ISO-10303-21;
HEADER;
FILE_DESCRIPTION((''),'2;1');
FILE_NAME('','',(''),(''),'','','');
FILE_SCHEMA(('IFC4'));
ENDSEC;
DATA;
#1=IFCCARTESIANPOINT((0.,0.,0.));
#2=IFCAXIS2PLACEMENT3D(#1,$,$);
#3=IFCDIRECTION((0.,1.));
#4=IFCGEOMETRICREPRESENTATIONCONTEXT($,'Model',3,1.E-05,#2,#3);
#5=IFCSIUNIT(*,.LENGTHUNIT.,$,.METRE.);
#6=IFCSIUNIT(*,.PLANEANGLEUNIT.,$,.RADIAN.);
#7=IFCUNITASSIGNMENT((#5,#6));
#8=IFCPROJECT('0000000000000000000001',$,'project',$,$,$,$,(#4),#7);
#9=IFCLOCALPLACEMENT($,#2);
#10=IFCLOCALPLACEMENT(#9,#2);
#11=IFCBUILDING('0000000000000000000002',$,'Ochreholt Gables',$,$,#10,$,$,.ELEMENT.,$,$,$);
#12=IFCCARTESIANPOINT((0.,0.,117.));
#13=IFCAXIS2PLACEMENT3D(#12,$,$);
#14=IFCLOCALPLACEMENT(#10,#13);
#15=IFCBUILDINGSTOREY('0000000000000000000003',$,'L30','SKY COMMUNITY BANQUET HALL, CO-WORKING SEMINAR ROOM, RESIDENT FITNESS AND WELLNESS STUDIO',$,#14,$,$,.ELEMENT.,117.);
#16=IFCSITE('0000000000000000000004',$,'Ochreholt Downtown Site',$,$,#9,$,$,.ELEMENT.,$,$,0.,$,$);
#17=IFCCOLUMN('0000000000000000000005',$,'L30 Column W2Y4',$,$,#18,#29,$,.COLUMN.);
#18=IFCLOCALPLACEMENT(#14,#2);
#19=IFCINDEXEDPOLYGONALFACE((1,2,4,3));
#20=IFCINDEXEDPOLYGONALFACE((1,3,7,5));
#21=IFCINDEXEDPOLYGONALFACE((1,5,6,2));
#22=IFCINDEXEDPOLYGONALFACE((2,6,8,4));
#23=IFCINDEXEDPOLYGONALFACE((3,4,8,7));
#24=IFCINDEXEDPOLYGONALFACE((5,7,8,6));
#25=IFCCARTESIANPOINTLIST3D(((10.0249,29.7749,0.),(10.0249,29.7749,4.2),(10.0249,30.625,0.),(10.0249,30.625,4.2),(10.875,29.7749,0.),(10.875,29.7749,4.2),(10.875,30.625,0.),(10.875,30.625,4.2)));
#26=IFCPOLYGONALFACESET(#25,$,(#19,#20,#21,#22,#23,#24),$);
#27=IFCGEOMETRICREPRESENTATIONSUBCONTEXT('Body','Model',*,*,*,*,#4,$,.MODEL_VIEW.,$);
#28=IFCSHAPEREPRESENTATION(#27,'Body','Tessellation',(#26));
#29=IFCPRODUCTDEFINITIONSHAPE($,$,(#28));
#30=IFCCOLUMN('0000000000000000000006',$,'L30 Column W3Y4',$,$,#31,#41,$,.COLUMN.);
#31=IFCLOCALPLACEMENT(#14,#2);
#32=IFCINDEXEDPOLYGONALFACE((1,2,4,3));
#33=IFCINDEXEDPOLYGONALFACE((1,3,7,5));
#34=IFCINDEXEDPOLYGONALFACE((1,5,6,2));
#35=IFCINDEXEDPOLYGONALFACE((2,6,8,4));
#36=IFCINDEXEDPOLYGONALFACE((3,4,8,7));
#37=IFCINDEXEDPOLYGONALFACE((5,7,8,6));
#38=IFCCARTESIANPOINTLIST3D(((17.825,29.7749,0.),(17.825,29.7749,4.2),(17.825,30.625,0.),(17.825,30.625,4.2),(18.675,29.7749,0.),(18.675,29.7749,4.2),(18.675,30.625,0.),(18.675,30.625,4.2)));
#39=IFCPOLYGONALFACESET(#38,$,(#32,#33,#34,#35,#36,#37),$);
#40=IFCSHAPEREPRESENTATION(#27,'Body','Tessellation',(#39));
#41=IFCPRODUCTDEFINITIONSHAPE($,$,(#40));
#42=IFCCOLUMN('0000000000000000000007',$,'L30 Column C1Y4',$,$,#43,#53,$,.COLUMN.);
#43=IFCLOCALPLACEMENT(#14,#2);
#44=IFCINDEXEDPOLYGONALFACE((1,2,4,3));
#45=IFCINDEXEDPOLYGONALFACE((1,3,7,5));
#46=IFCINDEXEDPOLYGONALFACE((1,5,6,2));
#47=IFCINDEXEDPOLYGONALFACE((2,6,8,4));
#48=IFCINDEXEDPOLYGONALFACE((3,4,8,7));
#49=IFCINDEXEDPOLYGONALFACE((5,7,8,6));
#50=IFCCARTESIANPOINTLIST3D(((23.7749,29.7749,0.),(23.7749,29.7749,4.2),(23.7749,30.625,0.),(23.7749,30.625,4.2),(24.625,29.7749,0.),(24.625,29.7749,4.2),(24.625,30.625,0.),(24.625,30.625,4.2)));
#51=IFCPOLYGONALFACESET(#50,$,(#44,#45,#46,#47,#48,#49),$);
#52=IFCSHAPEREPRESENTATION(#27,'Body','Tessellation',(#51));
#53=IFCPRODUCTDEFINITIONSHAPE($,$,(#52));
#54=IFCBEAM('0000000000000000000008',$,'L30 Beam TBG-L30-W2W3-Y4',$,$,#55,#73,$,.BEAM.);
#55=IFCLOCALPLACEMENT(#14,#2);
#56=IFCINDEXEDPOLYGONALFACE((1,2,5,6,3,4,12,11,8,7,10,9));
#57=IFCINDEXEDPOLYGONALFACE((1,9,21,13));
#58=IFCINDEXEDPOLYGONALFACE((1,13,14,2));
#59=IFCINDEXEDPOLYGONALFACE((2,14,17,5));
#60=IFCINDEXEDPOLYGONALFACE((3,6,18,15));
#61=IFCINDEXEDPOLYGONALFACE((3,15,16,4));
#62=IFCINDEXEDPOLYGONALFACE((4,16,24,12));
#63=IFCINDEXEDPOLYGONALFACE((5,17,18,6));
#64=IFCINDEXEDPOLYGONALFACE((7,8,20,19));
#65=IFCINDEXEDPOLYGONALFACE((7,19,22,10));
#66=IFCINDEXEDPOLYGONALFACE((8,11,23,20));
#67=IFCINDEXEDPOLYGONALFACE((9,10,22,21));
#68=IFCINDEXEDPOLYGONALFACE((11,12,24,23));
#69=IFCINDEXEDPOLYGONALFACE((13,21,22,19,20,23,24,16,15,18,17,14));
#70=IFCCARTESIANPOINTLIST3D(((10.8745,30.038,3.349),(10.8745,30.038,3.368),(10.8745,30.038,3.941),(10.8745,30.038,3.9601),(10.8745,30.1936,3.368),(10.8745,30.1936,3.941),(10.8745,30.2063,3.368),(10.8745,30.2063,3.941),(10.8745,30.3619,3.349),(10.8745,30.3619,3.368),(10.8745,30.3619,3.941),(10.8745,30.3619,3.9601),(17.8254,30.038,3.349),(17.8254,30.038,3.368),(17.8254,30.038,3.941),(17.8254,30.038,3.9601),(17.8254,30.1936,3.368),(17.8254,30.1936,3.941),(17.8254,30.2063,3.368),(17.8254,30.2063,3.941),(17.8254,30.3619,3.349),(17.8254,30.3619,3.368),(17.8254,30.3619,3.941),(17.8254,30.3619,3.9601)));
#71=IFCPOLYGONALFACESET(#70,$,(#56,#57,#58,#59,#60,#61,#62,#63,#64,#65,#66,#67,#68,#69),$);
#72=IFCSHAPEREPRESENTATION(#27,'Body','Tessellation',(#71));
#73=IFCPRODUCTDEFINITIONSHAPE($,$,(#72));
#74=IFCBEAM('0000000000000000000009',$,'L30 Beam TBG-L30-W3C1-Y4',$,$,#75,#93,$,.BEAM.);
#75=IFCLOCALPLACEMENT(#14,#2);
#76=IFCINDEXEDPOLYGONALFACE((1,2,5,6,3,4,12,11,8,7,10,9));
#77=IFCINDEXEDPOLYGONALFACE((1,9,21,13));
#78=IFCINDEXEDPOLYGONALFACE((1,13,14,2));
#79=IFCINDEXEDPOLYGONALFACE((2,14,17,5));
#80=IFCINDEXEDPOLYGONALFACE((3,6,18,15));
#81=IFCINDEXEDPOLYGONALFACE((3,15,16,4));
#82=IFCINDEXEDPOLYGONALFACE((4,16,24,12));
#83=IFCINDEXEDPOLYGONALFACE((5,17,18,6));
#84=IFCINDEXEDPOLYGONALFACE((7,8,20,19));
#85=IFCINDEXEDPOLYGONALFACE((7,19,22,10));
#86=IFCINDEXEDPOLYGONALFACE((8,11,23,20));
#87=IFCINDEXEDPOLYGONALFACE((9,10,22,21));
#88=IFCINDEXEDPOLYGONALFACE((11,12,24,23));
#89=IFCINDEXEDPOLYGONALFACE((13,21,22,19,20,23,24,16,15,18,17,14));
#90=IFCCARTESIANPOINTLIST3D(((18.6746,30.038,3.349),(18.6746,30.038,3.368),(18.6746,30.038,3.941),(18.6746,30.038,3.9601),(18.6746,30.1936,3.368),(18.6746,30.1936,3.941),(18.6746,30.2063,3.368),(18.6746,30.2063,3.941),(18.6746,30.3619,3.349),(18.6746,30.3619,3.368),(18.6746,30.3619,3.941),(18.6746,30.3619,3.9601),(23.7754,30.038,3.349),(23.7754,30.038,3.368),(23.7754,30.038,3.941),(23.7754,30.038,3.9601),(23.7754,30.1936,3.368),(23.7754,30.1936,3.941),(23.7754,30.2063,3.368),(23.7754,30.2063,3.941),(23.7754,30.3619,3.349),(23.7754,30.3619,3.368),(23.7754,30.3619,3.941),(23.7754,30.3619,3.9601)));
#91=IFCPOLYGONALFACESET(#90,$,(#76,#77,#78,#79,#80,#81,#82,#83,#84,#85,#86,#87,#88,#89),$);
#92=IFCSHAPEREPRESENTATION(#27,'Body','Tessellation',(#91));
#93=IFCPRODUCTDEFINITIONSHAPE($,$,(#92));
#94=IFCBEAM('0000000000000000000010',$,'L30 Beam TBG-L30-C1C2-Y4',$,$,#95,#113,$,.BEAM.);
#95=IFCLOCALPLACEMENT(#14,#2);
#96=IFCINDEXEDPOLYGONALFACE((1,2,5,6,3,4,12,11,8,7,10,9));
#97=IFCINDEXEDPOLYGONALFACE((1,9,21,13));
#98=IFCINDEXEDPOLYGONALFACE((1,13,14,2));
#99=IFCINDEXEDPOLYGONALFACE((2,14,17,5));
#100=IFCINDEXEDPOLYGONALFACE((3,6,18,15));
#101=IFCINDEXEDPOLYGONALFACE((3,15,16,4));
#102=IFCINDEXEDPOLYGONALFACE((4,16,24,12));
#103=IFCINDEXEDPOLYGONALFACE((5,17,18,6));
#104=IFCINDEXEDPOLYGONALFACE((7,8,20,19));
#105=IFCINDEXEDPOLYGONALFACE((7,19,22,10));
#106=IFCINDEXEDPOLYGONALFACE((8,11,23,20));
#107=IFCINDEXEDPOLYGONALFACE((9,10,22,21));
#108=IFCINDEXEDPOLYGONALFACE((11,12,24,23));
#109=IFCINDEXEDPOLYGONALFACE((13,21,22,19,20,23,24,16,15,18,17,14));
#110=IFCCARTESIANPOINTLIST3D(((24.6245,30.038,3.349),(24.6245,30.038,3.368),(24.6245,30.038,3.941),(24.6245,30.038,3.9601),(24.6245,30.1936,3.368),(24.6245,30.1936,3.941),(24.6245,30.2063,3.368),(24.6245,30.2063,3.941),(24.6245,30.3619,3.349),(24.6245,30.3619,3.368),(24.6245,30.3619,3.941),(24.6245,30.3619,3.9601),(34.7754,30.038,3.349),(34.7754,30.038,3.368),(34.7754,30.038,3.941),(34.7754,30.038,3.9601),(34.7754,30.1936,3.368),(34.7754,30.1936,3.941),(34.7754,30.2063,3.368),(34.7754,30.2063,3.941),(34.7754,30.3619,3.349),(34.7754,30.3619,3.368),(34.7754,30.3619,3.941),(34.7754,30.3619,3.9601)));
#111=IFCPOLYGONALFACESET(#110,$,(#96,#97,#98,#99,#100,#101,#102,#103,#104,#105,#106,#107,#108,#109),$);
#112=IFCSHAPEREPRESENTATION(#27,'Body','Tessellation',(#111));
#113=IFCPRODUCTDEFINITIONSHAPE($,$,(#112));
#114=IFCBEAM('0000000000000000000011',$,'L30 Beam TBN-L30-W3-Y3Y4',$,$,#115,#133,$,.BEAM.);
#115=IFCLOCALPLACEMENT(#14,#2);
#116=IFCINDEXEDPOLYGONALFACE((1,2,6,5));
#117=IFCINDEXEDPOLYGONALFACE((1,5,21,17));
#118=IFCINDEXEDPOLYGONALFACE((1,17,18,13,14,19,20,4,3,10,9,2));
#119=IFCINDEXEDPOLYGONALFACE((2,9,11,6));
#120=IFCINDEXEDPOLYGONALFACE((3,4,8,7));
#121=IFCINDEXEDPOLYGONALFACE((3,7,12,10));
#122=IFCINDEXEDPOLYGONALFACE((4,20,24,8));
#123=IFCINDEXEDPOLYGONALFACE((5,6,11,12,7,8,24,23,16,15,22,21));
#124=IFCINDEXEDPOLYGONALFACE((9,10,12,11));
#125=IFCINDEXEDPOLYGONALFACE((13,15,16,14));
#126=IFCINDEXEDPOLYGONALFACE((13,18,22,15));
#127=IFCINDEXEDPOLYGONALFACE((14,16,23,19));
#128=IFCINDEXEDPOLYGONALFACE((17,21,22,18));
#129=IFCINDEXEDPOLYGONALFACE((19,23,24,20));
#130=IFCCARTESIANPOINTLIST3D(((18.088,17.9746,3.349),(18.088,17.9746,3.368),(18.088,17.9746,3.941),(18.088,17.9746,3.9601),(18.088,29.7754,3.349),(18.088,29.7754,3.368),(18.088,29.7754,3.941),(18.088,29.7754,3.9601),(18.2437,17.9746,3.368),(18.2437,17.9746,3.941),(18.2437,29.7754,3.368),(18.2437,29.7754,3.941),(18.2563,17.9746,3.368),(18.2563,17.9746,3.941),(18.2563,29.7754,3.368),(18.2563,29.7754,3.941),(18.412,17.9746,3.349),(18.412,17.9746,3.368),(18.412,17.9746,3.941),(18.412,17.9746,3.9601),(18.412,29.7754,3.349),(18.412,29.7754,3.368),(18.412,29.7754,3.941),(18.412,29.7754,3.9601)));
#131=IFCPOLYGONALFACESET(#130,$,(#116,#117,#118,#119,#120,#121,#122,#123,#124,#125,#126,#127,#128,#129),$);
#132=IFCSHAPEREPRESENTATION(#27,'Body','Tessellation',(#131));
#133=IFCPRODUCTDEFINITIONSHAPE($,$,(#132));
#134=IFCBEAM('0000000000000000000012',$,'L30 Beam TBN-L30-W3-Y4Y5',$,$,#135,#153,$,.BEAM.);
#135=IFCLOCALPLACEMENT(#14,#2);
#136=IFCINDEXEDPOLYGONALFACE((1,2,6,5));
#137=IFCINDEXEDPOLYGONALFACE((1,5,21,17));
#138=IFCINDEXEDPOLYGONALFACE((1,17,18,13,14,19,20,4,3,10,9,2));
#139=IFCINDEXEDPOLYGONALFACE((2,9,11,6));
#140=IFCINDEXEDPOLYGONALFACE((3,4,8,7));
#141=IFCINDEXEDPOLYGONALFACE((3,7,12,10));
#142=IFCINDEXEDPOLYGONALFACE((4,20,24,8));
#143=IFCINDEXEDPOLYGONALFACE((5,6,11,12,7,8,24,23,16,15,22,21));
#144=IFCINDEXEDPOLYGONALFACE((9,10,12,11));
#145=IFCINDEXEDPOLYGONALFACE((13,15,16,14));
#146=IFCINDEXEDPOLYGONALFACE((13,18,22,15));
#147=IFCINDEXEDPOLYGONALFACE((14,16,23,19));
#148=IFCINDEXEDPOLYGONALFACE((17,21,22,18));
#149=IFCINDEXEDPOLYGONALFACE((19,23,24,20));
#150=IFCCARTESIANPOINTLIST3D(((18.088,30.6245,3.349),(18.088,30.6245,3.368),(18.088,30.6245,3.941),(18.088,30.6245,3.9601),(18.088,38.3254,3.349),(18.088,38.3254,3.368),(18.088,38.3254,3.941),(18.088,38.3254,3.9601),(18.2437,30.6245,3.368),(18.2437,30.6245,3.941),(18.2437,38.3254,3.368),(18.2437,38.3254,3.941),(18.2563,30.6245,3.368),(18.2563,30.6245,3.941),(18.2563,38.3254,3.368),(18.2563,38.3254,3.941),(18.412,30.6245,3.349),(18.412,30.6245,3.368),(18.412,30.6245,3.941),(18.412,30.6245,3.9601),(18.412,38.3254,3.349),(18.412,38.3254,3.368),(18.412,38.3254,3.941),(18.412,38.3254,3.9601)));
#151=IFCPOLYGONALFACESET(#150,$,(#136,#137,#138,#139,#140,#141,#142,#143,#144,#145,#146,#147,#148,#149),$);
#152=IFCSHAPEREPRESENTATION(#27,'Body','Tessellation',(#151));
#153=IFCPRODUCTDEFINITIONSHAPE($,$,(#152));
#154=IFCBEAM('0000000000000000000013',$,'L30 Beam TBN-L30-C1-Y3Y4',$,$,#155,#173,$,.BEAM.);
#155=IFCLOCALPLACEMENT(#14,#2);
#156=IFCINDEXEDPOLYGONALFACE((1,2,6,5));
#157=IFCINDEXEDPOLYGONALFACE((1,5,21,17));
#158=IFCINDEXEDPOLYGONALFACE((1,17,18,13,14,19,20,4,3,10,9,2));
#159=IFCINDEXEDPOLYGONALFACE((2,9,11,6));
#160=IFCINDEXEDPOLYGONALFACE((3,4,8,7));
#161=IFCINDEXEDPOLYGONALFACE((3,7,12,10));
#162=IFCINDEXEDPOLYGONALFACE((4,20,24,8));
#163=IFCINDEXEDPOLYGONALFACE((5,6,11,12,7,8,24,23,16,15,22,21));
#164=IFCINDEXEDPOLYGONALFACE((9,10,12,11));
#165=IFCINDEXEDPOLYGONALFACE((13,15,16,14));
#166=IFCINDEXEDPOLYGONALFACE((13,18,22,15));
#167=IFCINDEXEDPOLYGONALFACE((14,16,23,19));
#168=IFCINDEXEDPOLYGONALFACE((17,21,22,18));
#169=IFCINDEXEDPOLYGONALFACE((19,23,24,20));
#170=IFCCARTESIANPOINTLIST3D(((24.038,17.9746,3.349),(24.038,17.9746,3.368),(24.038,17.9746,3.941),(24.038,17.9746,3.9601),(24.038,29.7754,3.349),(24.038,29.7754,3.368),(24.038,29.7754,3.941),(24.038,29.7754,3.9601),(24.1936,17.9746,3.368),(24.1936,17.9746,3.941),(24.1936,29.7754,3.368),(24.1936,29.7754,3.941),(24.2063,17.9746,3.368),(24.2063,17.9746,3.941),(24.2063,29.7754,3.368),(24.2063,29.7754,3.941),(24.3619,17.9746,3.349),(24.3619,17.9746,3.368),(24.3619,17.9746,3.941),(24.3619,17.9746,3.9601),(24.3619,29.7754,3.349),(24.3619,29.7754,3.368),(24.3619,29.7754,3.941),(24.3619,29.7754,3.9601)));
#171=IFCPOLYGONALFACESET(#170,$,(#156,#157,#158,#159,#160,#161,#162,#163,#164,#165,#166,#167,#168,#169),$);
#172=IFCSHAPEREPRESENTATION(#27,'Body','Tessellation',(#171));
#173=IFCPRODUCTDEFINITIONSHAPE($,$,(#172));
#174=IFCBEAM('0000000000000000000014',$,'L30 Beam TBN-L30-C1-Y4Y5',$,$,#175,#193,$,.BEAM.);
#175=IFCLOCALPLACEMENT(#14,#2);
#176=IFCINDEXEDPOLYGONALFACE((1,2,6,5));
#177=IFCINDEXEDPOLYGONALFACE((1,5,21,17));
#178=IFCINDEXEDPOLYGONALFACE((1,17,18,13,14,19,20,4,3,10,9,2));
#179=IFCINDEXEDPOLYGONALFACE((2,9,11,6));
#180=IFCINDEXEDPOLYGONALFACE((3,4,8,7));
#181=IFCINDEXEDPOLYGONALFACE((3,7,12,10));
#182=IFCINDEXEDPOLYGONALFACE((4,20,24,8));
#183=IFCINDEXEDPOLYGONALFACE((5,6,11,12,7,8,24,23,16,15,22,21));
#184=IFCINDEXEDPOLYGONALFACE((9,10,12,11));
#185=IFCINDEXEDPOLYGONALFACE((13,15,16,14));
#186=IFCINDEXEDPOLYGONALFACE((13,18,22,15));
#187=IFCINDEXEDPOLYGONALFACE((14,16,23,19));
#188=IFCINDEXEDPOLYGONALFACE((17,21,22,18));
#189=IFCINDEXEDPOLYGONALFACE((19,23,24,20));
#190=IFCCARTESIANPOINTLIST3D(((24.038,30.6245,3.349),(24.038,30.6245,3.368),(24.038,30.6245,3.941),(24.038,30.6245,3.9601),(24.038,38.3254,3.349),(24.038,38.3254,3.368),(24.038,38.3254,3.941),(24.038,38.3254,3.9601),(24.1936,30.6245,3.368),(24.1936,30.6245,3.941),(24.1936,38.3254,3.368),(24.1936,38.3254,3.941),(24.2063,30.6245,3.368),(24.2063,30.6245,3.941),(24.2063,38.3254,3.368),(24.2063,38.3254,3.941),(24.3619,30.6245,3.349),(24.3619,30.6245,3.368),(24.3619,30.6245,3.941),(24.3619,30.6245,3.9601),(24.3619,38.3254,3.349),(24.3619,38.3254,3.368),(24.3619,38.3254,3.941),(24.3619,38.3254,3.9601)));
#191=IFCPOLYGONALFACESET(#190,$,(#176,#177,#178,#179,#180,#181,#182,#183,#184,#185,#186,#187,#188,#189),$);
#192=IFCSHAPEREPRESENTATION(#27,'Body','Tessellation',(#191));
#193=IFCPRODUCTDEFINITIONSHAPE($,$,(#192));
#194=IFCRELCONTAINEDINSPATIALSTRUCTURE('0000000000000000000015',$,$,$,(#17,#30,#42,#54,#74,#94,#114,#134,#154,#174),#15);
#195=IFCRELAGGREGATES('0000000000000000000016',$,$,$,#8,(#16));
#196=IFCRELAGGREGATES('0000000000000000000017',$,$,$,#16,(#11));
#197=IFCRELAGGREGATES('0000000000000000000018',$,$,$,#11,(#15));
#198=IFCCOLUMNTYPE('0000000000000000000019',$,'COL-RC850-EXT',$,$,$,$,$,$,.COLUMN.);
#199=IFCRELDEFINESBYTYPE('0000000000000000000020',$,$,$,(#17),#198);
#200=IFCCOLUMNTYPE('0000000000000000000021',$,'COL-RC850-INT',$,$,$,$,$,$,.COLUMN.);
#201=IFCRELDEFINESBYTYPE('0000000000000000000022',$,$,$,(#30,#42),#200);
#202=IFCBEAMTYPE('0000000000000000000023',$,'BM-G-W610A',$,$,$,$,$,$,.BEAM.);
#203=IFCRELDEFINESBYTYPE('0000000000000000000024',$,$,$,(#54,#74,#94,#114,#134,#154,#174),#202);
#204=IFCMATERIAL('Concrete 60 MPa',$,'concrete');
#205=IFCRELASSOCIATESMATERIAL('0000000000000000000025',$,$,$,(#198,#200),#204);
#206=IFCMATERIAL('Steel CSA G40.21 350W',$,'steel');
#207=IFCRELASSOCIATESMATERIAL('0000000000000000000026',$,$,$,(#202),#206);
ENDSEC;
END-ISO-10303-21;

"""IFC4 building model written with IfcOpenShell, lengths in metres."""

from ifc_helpers import new_model, si_unit, direction, frame, origin, origin_2d, place, context, subcontext, project, spatial, rectangle, i_section, extrude, material, material_profile, profile_set, type_object, element, save


model = new_model("IFC4")

# Units and contexts
model_context = context("Model", 3, precision=1e-05, world=origin(), true_north=direction((0.0, 1.0)))
body_context = subcontext(model_context, "Body", "Model", "MODEL_VIEW")
ifc_project = project(units=[si_unit("LENGTHUNIT", "METRE"), si_unit("PLANEANGLEUNIT", "RADIAN")], contexts=[model_context])

# Site, building, storey
site_placement = place(None, origin())
site = spatial("IfcSite", under=ifc_project, at=site_placement, Name="Ochreholt Downtown Site", CompositionType="ELEMENT", RefElevation=0.0)
building_placement = place(site_placement, origin())
building = spatial("IfcBuilding", under=site, at=building_placement, Name="Ochreholt Gables", CompositionType="ELEMENT")
storey_placement = place(building_placement, frame((0.0, 0.0, 117.0)))
storey = spatial("IfcBuildingStorey", under=building, at=storey_placement, Name="L30", Description="SKY COMMUNITY BANQUET HALL, CO-WORKING SEMINAR ROOM, RESIDENT FITNESS AND WELLNESS STUDIO", CompositionType="ELEMENT", Elevation=117.0)

# Columns
ifc_material_1 = material(Name="Concrete 60 MPa", Category="concrete")
ifc_material_profile_1 = material_profile(ifc_material_1, rectangle(XDim=0.8501, YDim=0.8501, at=origin_2d()), Name="RC850X850")
ifc_profile_set_1 = profile_set([ifc_material_profile_1], Name="Concrete 60 MPa")
column_type_1 = type_object("IfcColumnType", Name="COL-RC850-EXT", PredefinedType="COLUMN", material=ifc_profile_set_1)
column_placement = place(storey_placement, frame((10.45, 30.2, 0.0), z_axis=(0.0, 0.0, 1.0), x_axis=(1.0, 0.0, 0.0)))
element("IfcColumn", 1, at=column_placement, inside=storey, type_object=column_type_1, Name="L30 Column W2Y4", PredefinedType="COLUMN", context=body_context, shape_type="SweptSolid", body=[
    extrude(rectangle(XDim=0.8501, YDim=0.8501, at=origin_2d()), origin(), (0.0, 0.0, 1.0), 4.2),
])
ifc_material_profile_2 = material_profile(ifc_material_1, rectangle(XDim=0.8501, YDim=0.8501, at=origin_2d()), Name="RC850X850")
ifc_profile_set_2 = profile_set([ifc_material_profile_2], Name="Concrete 60 MPa")
column_type_2 = type_object("IfcColumnType", Name="COL-RC850-INT", PredefinedType="COLUMN", material=ifc_profile_set_2)
for number, where, z_axis, x_axis, name in (
    (2, (18.25, 30.2, 0.0), (0.0, 0.0, 1.0), (1.0, 0.0, 0.0), "L30 Column W3Y4"),
    (3, (24.2, 30.2, 0.0), (0.0, 0.0, 1.0), (1.0, 0.0, 0.0), "L30 Column C1Y4"),
):
    element("IfcColumn", number, at=place(storey_placement, frame(where, z_axis=z_axis, x_axis=x_axis)), inside=storey, type_object=column_type_2, Name=name, PredefinedType="COLUMN", context=body_context, shape_type="SweptSolid", body=[
        extrude(rectangle(XDim=0.8501, YDim=0.8501, at=origin_2d()), origin(), (0.0, 0.0, 1.0), 4.2),
    ])

# Beams
ifc_material_2 = material(Name="Steel CSA G40.21 350W", Category="steel")
ifc_material_profile_3 = material_profile(ifc_material_2, i_section(OverallWidth=0.324, OverallDepth=0.6111, WebThickness=0.0127, FlangeThickness=0.019, at=origin_2d()), Name="W610X155")
ifc_profile_set_3 = profile_set([ifc_material_profile_3], Name="Steel CSA G40.21 350W")
beam_type_1 = type_object("IfcBeamType", Name="BM-G-W610A", PredefinedType="BEAM", material=ifc_profile_set_3)
beam_1_placement = place(storey_placement, frame((10.8745, 30.2, 3.6545), z_axis=(1.0, 0.0, 0.0), x_axis=(0.0, 1.0, 0.0)))
element("IfcBeam", 4, at=beam_1_placement, inside=storey, type_object=beam_type_1, Name="L30 Beam TBG-L30-W2W3-Y4", PredefinedType="BEAM", context=body_context, shape_type="SweptSolid", body=[
    extrude(i_section(OverallWidth=0.324, OverallDepth=0.6111, WebThickness=0.0127, FlangeThickness=0.019, at=origin_2d()), origin(), (0.0, 0.0, 1.0), 6.9509),
])
beam_2_placement = place(storey_placement, frame((18.6746, 30.2, 3.6545), z_axis=(1.0, 0.0, 0.0), x_axis=(0.0, 1.0, 0.0)))
element("IfcBeam", 5, at=beam_2_placement, inside=storey, type_object=beam_type_1, Name="L30 Beam TBG-L30-W3C1-Y4", PredefinedType="BEAM", context=body_context, shape_type="SweptSolid", body=[
    extrude(i_section(OverallWidth=0.324, OverallDepth=0.6111, WebThickness=0.0127, FlangeThickness=0.019, at=origin_2d()), origin(), (0.0, 0.0, 1.0), 5.1008),
])
beam_3_placement = place(storey_placement, frame((24.6245, 30.2, 3.6545), z_axis=(1.0, 0.0, 0.0), x_axis=(0.0, 1.0, 0.0)))
element("IfcBeam", 6, at=beam_3_placement, inside=storey, type_object=beam_type_1, Name="L30 Beam TBG-L30-C1C2-Y4", PredefinedType="BEAM", context=body_context, shape_type="SweptSolid", body=[
    extrude(i_section(OverallWidth=0.324, OverallDepth=0.6111, WebThickness=0.0127, FlangeThickness=0.019, at=origin_2d()), origin(), (0.0, 0.0, 1.0), 10.1509),
])
beam_4_placement = place(storey_placement, frame((18.25, 17.9746, 3.6545), z_axis=(0.0, 1.0, 0.0), x_axis=(-1.0, 0.0, 0.0)))
element("IfcBeam", 7, at=beam_4_placement, inside=storey, type_object=beam_type_1, Name="L30 Beam TBN-L30-W3-Y3Y4", PredefinedType="BEAM", context=body_context, shape_type="SweptSolid", body=[
    extrude(i_section(OverallWidth=0.324, OverallDepth=0.6111, WebThickness=0.0127, FlangeThickness=0.019, at=origin_2d()), origin(), (0.0, 0.0, 1.0), 11.8008),
])
beam_5_placement = place(storey_placement, frame((18.25, 30.6245, 3.6545), z_axis=(0.0, 1.0, 0.0), x_axis=(-1.0, 0.0, 0.0)))
element("IfcBeam", 8, at=beam_5_placement, inside=storey, type_object=beam_type_1, Name="L30 Beam TBN-L30-W3-Y4Y5", PredefinedType="BEAM", context=body_context, shape_type="SweptSolid", body=[
    extrude(i_section(OverallWidth=0.324, OverallDepth=0.6111, WebThickness=0.0127, FlangeThickness=0.019, at=origin_2d()), origin(), (0.0, 0.0, 1.0), 7.7009),
])
beam_6_placement = place(storey_placement, frame((24.2, 17.9746, 3.6545), z_axis=(0.0, 1.0, 0.0), x_axis=(-1.0, 0.0, 0.0)))
element("IfcBeam", 9, at=beam_6_placement, inside=storey, type_object=beam_type_1, Name="L30 Beam TBN-L30-C1-Y3Y4", PredefinedType="BEAM", context=body_context, shape_type="SweptSolid", body=[
    extrude(i_section(OverallWidth=0.324, OverallDepth=0.6111, WebThickness=0.0127, FlangeThickness=0.019, at=origin_2d()), origin(), (0.0, 0.0, 1.0), 11.8008),
])
beam_7_placement = place(storey_placement, frame((24.2, 30.6245, 3.6545), z_axis=(0.0, 1.0, 0.0), x_axis=(-1.0, 0.0, 0.0)))
element("IfcBeam", 10, at=beam_7_placement, inside=storey, type_object=beam_type_1, Name="L30 Beam TBN-L30-C1-Y4Y5", PredefinedType="BEAM", context=body_context, shape_type="SweptSolid", body=[
    extrude(i_section(OverallWidth=0.324, OverallDepth=0.6111, WebThickness=0.0127, FlangeThickness=0.019, at=origin_2d()), origin(), (0.0, 0.0, 1.0), 7.7009),
])

save(model, "model.ifc")
